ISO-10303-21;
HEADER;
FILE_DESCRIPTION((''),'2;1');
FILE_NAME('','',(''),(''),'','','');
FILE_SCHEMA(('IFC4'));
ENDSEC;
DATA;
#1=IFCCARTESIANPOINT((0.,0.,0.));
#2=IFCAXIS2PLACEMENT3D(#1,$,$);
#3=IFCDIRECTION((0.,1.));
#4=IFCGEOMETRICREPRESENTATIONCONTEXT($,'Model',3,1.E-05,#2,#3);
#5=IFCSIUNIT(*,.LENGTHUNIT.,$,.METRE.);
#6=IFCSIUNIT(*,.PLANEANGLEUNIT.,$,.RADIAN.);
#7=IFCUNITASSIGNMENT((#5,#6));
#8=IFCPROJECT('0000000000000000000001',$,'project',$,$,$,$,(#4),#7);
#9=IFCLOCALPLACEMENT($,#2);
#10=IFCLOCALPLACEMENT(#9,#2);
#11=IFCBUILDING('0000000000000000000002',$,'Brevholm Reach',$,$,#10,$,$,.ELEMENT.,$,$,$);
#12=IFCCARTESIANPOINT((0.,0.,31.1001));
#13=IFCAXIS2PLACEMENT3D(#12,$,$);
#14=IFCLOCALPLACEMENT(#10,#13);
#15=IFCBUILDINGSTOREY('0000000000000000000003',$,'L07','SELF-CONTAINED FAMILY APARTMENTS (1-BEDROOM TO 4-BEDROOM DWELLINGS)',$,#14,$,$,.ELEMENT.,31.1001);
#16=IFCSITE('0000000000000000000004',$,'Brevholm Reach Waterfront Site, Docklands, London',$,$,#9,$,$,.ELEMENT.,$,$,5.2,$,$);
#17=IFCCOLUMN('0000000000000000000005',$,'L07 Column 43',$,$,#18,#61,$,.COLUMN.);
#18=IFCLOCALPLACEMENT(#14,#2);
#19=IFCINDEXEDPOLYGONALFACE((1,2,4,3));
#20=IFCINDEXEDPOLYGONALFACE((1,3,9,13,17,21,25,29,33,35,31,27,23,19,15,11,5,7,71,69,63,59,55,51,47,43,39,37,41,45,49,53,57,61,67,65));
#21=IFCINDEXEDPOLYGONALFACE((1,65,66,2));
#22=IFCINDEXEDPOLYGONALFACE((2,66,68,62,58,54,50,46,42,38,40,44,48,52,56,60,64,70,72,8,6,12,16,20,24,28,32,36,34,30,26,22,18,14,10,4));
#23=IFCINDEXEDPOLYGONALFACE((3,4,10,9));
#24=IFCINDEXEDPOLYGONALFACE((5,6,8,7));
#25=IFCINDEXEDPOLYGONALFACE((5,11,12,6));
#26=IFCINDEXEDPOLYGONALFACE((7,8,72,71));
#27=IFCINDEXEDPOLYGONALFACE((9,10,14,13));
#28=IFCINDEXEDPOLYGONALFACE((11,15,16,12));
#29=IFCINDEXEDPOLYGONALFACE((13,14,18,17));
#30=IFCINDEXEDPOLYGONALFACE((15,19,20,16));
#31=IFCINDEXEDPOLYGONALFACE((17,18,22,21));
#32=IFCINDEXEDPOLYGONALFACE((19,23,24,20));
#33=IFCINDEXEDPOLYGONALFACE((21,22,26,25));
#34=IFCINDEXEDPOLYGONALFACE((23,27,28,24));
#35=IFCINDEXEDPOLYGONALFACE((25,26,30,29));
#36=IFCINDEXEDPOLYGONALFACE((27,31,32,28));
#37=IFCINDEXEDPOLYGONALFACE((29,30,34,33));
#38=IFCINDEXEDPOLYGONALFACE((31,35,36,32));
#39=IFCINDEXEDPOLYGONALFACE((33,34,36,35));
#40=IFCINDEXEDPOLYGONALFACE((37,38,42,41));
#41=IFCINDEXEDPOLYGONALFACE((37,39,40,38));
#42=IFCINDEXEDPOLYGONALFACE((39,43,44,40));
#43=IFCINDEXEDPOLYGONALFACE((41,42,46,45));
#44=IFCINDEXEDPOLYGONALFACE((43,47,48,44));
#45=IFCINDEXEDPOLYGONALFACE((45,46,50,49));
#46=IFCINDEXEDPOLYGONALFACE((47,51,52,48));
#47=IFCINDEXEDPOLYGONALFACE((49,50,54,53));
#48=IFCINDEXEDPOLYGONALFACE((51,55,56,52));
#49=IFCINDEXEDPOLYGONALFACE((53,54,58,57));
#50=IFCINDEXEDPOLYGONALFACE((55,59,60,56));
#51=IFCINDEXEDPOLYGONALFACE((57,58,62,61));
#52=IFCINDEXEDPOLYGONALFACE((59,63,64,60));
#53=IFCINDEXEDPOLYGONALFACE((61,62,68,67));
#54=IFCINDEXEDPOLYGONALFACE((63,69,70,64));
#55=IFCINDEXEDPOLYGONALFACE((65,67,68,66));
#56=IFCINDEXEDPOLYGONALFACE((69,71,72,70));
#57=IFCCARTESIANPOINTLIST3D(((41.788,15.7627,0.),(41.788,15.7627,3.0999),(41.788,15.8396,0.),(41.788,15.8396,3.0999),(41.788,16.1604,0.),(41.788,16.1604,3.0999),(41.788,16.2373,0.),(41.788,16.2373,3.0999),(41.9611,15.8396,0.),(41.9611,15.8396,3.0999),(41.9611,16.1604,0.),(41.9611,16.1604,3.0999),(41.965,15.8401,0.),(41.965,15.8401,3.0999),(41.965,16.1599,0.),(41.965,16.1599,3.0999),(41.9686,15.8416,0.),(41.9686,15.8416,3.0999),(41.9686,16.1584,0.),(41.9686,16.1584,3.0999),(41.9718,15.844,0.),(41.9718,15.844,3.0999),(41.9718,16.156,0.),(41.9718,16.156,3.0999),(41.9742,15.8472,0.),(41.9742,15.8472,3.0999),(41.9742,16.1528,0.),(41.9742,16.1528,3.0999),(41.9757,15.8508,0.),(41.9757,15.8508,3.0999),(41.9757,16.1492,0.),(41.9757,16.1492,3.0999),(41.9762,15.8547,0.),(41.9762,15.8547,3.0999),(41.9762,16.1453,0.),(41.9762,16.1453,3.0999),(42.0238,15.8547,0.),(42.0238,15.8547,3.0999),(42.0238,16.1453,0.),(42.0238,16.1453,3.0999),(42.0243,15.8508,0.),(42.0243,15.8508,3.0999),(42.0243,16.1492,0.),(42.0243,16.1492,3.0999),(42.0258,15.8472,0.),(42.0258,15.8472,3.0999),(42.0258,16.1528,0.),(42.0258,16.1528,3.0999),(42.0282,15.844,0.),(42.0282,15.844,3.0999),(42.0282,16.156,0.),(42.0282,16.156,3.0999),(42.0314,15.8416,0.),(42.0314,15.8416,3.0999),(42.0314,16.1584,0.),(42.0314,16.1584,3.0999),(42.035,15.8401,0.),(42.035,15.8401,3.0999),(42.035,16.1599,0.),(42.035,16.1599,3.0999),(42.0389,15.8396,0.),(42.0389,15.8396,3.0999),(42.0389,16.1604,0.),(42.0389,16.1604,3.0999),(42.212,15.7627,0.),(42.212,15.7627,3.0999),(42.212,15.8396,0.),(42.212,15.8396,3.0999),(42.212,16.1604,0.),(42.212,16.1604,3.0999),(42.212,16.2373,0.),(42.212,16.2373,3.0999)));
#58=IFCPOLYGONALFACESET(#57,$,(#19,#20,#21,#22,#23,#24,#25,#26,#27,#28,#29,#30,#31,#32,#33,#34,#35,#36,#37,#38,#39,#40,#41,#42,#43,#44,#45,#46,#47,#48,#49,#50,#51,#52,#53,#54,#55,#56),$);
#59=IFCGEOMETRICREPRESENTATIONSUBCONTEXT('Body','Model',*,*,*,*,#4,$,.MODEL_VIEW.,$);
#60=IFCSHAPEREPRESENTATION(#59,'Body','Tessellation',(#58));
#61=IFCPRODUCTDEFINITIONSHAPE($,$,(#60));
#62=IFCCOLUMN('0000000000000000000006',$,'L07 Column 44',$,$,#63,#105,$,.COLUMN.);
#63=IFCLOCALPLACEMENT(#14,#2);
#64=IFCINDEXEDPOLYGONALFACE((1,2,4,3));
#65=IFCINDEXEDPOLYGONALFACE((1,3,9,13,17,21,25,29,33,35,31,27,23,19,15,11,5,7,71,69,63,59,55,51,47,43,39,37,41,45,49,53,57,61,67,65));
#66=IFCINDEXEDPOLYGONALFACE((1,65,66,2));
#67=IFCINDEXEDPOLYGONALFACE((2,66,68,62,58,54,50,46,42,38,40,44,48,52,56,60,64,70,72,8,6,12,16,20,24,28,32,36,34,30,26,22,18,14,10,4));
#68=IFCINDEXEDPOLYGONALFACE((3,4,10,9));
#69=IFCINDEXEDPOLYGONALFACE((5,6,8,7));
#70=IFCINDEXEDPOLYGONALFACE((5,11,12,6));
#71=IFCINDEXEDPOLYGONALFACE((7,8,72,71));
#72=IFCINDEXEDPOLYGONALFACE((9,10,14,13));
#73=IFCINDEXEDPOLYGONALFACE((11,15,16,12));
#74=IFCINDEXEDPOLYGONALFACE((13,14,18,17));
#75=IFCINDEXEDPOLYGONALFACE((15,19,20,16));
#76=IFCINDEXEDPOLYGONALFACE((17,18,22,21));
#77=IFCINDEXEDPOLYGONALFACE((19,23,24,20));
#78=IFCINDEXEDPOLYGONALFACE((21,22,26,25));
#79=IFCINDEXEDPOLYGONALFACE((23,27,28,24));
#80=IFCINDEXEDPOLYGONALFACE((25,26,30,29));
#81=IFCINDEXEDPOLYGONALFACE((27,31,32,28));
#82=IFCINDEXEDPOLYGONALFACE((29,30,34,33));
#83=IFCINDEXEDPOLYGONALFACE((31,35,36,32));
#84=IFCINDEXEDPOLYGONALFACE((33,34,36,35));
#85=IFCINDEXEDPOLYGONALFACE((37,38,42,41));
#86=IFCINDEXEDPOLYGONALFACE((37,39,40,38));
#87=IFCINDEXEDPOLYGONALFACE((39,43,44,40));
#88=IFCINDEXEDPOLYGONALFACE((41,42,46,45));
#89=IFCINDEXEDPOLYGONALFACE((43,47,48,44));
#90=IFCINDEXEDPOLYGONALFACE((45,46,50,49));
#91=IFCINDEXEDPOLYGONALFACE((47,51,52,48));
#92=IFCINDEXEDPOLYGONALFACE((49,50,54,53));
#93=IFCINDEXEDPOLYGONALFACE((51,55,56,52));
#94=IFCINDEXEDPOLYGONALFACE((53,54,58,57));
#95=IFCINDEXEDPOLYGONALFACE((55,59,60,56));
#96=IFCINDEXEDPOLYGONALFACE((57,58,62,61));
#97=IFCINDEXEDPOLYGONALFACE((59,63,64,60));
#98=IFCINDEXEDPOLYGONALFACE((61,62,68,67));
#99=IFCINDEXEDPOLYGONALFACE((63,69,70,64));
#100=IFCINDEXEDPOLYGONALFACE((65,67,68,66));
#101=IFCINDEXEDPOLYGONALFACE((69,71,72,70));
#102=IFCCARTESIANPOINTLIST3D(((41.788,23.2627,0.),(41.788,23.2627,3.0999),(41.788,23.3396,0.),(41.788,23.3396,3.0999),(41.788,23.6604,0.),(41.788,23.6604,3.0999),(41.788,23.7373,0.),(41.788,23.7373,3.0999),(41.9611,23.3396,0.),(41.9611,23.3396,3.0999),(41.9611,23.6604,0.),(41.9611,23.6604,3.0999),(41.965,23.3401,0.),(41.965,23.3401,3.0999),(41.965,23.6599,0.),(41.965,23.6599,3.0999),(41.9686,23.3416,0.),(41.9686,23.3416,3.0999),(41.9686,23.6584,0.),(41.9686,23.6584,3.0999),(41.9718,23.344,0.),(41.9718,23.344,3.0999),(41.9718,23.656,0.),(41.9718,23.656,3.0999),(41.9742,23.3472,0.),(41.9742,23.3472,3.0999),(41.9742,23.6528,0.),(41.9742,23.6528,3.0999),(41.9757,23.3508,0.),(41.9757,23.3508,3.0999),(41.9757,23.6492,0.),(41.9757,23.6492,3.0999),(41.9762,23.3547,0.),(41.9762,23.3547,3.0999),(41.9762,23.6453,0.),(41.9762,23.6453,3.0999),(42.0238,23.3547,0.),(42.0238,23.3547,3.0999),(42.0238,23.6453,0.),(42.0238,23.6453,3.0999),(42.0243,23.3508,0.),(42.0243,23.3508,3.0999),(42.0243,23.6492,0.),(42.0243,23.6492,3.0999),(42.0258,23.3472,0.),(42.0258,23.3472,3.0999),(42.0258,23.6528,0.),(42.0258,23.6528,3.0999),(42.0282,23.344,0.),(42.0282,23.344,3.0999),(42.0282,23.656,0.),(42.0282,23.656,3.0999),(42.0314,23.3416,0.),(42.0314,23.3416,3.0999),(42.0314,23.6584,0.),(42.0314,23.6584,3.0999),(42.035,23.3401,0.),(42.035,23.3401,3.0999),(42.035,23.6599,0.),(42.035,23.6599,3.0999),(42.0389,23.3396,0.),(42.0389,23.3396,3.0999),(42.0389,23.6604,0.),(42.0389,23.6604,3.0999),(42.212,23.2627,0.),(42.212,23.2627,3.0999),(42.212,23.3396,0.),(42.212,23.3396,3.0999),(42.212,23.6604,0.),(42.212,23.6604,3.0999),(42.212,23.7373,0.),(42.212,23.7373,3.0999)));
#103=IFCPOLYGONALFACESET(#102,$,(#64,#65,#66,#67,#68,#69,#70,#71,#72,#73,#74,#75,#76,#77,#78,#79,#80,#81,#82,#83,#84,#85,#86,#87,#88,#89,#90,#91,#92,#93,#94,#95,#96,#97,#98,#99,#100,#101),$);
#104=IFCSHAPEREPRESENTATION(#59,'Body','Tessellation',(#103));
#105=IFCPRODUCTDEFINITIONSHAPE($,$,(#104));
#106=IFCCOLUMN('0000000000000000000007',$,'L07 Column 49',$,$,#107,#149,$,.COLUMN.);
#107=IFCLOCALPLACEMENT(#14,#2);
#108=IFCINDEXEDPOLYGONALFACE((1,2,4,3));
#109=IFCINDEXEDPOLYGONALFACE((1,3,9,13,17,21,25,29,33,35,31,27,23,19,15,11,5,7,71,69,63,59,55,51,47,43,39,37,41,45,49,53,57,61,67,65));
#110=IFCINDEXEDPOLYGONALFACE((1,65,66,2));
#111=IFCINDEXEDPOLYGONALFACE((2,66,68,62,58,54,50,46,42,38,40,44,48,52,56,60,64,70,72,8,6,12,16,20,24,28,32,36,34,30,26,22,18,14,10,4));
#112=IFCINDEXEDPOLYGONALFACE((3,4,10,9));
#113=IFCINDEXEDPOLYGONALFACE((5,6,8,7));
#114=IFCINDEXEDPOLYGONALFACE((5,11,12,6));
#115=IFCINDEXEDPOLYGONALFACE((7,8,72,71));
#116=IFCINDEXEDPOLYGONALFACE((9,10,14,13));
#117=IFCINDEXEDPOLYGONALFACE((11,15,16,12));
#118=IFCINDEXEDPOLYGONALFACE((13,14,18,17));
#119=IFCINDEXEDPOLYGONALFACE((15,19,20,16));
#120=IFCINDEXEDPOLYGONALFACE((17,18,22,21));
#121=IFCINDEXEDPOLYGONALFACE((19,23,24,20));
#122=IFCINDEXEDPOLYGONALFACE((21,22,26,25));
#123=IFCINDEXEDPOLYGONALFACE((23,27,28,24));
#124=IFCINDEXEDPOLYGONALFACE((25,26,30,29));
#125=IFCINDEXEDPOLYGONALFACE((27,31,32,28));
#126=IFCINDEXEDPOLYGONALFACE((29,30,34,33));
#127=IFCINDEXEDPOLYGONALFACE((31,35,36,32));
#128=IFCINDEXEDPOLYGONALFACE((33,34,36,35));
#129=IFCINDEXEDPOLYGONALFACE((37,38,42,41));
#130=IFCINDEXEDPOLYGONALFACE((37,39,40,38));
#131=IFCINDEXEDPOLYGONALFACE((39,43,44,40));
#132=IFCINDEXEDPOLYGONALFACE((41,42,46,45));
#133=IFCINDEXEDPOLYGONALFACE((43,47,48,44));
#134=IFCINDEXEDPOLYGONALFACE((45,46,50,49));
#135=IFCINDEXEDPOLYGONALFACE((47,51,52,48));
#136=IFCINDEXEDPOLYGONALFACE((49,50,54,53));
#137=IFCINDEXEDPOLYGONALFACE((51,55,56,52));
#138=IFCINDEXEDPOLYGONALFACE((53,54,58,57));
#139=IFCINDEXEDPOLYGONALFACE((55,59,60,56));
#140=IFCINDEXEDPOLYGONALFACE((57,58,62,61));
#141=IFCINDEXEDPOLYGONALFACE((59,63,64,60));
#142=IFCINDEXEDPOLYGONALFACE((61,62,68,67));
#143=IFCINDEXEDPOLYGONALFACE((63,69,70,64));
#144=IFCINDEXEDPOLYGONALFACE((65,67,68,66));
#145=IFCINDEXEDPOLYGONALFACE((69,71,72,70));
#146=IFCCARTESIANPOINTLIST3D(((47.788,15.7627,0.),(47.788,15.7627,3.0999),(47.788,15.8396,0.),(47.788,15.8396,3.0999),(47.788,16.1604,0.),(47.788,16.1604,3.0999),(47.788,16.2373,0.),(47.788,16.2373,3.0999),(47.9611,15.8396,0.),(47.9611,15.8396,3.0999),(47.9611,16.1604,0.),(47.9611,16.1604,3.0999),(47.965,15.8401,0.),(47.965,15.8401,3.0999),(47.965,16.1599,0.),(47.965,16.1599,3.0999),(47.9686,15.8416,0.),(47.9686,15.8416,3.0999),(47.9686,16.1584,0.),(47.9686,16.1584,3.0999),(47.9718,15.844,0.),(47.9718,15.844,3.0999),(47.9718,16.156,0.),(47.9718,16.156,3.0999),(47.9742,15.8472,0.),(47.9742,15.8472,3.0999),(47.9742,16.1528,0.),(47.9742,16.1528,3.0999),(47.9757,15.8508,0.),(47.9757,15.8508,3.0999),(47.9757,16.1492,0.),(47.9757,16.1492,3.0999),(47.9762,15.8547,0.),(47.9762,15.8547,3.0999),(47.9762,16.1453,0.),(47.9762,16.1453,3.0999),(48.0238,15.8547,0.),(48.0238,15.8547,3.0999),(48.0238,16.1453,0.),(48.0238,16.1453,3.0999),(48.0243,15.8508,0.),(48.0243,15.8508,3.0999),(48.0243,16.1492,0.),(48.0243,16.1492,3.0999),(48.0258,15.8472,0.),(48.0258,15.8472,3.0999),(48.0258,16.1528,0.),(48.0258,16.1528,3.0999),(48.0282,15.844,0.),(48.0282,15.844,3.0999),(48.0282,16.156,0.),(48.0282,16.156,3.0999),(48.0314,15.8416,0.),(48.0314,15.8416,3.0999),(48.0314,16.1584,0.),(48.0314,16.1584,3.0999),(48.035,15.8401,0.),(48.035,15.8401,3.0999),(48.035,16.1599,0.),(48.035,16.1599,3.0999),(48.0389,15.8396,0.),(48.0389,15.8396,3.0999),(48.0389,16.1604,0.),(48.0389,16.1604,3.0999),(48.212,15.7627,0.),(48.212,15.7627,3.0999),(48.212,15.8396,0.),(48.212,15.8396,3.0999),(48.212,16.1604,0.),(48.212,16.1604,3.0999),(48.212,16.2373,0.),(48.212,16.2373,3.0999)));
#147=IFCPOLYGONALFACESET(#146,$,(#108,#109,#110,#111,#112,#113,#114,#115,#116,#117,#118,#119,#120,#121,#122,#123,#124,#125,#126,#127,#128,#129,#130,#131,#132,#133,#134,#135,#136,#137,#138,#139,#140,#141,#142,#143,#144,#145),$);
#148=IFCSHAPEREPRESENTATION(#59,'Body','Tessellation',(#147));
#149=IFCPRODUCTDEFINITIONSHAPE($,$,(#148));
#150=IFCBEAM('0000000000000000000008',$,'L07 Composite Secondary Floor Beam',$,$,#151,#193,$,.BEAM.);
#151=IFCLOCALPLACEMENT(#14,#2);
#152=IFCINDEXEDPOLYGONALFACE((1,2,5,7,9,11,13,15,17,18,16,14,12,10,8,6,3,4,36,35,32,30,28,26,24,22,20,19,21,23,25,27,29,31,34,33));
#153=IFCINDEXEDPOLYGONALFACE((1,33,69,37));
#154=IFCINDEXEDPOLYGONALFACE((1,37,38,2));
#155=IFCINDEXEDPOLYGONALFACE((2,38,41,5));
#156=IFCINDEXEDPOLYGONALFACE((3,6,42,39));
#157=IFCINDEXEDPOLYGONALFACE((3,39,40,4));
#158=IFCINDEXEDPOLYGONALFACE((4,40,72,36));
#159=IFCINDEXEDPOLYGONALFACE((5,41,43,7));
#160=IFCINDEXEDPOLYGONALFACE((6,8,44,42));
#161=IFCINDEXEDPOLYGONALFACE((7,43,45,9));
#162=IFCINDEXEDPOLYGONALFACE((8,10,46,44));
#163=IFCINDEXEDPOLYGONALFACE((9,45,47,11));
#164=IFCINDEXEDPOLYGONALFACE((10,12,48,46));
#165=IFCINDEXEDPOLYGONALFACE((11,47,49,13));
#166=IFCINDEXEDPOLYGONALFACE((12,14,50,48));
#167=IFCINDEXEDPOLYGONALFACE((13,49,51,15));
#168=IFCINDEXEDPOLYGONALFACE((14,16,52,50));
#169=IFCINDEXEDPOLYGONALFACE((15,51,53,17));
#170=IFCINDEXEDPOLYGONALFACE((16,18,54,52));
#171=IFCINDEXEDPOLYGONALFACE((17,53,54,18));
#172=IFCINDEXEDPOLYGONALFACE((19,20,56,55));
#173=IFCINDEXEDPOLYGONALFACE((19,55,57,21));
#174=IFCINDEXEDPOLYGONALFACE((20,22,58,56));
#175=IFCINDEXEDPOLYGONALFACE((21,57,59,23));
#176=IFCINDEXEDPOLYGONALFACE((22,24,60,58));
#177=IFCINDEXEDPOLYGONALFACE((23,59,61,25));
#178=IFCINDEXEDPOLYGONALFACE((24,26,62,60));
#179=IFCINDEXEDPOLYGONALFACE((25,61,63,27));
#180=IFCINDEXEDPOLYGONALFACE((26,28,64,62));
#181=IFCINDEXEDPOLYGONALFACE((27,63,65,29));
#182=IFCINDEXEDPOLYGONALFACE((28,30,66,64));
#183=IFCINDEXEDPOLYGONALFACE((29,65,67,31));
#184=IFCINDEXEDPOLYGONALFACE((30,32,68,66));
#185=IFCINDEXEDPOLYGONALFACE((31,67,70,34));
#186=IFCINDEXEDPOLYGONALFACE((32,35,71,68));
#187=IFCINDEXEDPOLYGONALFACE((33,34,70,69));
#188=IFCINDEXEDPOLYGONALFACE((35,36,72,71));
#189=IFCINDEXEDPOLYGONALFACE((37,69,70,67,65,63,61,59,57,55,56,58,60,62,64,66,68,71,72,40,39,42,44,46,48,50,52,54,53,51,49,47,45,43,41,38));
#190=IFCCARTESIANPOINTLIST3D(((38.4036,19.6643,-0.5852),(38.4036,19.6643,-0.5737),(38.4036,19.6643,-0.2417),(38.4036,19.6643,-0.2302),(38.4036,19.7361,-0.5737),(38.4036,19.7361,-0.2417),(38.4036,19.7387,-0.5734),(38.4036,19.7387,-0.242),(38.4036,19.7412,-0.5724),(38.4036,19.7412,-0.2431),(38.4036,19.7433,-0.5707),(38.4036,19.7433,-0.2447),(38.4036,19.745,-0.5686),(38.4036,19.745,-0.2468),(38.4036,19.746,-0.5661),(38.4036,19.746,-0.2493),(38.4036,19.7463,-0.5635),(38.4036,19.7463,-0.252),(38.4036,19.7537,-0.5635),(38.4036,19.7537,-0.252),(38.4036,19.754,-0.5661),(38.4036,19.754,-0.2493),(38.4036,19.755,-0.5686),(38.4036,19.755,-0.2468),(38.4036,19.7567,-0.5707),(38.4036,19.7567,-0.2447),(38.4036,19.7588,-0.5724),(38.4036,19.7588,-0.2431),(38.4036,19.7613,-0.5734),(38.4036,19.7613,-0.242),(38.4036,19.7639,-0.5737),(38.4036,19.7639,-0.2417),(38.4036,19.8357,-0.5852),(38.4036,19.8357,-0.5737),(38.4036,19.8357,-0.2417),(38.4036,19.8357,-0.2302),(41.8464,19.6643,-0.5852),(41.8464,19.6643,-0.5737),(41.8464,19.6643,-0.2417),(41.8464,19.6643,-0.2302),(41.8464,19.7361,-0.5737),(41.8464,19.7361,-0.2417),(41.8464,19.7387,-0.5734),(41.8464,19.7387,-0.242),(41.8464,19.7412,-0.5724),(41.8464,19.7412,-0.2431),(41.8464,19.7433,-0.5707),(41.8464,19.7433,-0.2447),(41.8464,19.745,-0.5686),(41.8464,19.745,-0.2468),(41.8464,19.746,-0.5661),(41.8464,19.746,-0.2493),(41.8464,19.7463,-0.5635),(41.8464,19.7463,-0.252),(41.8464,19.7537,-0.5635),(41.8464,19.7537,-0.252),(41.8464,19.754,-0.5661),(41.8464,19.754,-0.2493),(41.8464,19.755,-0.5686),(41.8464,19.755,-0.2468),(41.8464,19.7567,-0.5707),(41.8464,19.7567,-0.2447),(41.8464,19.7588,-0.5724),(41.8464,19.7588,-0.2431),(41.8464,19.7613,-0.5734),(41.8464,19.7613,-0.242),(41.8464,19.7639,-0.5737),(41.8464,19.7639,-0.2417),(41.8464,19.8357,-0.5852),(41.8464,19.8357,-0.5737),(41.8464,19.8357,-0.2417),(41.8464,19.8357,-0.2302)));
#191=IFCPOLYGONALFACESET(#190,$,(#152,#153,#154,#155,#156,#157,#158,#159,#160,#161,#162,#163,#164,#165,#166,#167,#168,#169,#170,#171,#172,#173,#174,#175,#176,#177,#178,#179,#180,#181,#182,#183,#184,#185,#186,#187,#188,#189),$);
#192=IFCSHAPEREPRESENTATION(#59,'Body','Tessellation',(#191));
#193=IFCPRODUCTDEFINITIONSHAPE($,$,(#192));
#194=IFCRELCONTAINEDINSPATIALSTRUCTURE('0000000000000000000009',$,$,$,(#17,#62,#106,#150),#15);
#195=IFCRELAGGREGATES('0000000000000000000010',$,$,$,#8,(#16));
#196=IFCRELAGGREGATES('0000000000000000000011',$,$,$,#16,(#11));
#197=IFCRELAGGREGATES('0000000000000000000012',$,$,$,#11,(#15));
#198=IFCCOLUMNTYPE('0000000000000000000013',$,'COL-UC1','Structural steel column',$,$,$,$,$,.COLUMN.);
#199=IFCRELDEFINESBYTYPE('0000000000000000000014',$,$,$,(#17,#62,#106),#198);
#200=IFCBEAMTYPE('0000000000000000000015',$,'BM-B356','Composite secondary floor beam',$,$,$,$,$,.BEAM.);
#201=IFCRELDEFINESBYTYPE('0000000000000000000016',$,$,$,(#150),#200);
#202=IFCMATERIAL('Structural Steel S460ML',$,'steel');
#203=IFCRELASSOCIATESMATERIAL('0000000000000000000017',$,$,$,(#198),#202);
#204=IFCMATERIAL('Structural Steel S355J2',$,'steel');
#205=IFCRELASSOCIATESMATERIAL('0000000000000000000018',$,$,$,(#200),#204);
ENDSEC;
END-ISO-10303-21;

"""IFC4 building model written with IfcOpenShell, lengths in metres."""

from ifc_helpers import new_model, si_unit, direction, frame, origin, origin_2d, place, context, subcontext, project, spatial, i_section, extrude, material, material_profile, profile_set, type_object, element, save


model = new_model("IFC4")

# Units and contexts
model_context = context("Model", 3, precision=1e-05, world=origin(), true_north=direction((0.0, 1.0)))
body_context = subcontext(model_context, "Body", "Model", "MODEL_VIEW")
ifc_project = project(units=[si_unit("LENGTHUNIT", "METRE"), si_unit("PLANEANGLEUNIT", "RADIAN")], contexts=[model_context])

# Site, building, storey
site_placement = place(None, origin())
site = spatial("IfcSite", under=ifc_project, at=site_placement, Name="Brevholm Reach Waterfront Site, Docklands, London", CompositionType="ELEMENT", RefElevation=5.2)
building_placement = place(site_placement, origin())
building = spatial("IfcBuilding", under=site, at=building_placement, Name="Brevholm Reach", CompositionType="ELEMENT")
storey_placement = place(building_placement, frame((0.0, 0.0, 31.1001)))
storey = spatial("IfcBuildingStorey", under=building, at=storey_placement, Name="L07", Description="SELF-CONTAINED FAMILY APARTMENTS (1-BEDROOM TO 4-BEDROOM DWELLINGS)", CompositionType="ELEMENT", Elevation=31.1001)

# Columns
ifc_material_1 = material(Name="Structural Steel S460ML", Category="steel")
ifc_material_profile_1 = material_profile(ifc_material_1, i_section(OverallWidth=0.4241, OverallDepth=0.4746, WebThickness=0.0476, FlangeThickness=0.0769, FilletRadius=0.0151, at=origin_2d()), Name="UKC 356x406x634")
ifc_profile_set_1 = profile_set([ifc_material_profile_1], Name="Structural Steel S460ML")
column_type = type_object("IfcColumnType", Name="COL-UC1", Description="Structural steel column", PredefinedType="COLUMN", material=ifc_profile_set_1)
for number, where, z_axis, x_axis, name in (
    (1, (42.0, 16.0, 0.0), (0.0, 0.0, 1.0), (1.0, 0.0, 0.0), "L07 Column 43"),
    (2, (42.0, 23.5, 0.0), (0.0, 0.0, 1.0), (1.0, 0.0, 0.0), "L07 Column 44"),
    (3, (48.0, 16.0, 0.0), (0.0, 0.0, 1.0), (1.0, 0.0, 0.0), "L07 Column 49"),
):
    element("IfcColumn", number, at=place(storey_placement, frame(where, z_axis=z_axis, x_axis=x_axis)), inside=storey, type_object=column_type, Name=name, PredefinedType="COLUMN", context=body_context, shape_type="SweptSolid", body=[
        extrude(i_section(OverallWidth=0.4241, OverallDepth=0.4746, WebThickness=0.0476, FlangeThickness=0.0769, FilletRadius=0.0151, at=origin_2d()), origin(), (0.0, 0.0, 1.0), 3.0999),
    ])

# Beam
ifc_material_2 = material(Name="Structural Steel S355J2", Category="steel")
ifc_material_profile_2 = material_profile(ifc_material_2, i_section(OverallWidth=0.1714, OverallDepth=0.355, WebThickness=0.0073, FlangeThickness=0.0115, FilletRadius=0.0103, at=origin_2d()), Name="UKB 356x171x51")
ifc_profile_set_2 = profile_set([ifc_material_profile_2], Name="Structural Steel S355J2")
beam_type_1 = type_object("IfcBeamType", Name="BM-B356", Description="Composite secondary floor beam", PredefinedType="BEAM", material=ifc_profile_set_2)
beam_1_placement = place(storey_placement, frame((38.4036, 19.75, -0.4077), z_axis=(1.0, 0.0, 0.0), x_axis=(0.0, 1.0, 0.0)))
element("IfcBeam", 4, at=beam_1_placement, inside=storey, type_object=beam_type_1, Name="L07 Composite Secondary Floor Beam", PredefinedType="BEAM", context=body_context, shape_type="SweptSolid", body=[
    extrude(i_section(OverallWidth=0.1714, OverallDepth=0.355, WebThickness=0.0073, FlangeThickness=0.0115, FilletRadius=0.0103, at=origin_2d()), origin(), (0.0, 0.0, 1.0), 3.4429),
])

save(model, "model.ifc")
